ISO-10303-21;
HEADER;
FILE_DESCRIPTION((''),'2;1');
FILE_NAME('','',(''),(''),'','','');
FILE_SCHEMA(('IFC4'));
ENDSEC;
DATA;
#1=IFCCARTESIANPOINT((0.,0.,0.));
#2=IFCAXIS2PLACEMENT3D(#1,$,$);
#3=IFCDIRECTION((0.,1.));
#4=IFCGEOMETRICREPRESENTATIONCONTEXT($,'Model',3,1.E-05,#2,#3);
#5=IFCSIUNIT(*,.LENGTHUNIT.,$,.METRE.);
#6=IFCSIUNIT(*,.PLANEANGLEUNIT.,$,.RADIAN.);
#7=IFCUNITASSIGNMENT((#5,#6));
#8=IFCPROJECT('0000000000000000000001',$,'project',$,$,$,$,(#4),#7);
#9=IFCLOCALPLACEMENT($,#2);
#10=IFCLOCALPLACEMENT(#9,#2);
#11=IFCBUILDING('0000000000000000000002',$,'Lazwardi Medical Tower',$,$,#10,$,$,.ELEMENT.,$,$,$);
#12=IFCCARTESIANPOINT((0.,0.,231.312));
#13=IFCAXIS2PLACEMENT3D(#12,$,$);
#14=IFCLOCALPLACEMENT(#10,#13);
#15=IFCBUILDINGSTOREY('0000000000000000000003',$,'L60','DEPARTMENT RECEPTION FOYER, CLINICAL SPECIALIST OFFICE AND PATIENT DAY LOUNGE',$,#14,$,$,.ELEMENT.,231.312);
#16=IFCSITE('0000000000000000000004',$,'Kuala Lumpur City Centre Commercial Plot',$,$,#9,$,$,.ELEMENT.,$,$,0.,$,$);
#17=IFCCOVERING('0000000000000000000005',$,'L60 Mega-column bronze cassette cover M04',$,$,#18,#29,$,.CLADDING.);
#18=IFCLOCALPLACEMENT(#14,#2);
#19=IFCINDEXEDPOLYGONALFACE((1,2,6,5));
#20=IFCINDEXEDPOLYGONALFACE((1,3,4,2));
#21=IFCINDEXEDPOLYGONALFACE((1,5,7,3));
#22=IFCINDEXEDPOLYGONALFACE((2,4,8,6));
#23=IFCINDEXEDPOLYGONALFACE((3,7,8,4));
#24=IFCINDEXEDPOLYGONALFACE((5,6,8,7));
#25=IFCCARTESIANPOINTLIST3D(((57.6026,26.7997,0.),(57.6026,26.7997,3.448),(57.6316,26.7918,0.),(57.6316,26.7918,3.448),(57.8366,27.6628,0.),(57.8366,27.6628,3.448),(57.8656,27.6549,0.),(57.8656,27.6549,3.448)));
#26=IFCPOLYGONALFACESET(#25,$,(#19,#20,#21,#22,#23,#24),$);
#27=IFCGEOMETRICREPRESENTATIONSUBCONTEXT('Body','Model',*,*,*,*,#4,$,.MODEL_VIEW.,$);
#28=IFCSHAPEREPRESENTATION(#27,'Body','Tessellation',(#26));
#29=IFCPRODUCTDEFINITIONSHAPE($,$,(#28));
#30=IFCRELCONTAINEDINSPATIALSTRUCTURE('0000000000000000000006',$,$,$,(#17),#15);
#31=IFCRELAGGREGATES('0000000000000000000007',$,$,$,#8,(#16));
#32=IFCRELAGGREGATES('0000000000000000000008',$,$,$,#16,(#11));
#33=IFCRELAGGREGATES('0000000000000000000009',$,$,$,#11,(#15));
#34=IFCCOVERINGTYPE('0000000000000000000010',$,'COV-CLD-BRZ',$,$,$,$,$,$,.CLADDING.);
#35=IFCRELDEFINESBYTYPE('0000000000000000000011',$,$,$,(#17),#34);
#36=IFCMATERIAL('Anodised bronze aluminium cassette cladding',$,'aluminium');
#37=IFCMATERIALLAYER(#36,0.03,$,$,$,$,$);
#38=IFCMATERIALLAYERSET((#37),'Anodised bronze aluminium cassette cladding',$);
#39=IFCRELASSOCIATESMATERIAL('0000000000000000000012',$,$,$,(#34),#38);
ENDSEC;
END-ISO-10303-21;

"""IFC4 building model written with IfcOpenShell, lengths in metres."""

from ifc_helpers import new_model, si_unit, direction, frame, origin, origin_2d, place, context, subcontext, project, spatial, rectangle, extrude, material, layer, layer_set, type_object, element, save


model = new_model("IFC4")

# Units and contexts
model_context = context("Model", 3, precision=1e-05, world=origin(), true_north=direction((0.0, 1.0)))
body_context = subcontext(model_context, "Body", "Model", "MODEL_VIEW")
ifc_project = project(units=[si_unit("LENGTHUNIT", "METRE"), si_unit("PLANEANGLEUNIT", "RADIAN")], contexts=[model_context])

# Site, building, storey
site_placement = place(None, origin())
site = spatial("IfcSite", under=ifc_project, at=site_placement, Name="Kuala Lumpur City Centre Commercial Plot", CompositionType="ELEMENT", RefElevation=0.0)
building_placement = place(site_placement, origin())
building = spatial("IfcBuilding", under=site, at=building_placement, Name="Lazwardi Medical Tower", CompositionType="ELEMENT")
storey_placement = place(building_placement, frame((0.0, 0.0, 231.312)))
storey = spatial("IfcBuildingStorey", under=building, at=storey_placement, Name="L60", Description="DEPARTMENT RECEPTION FOYER, CLINICAL SPECIALIST OFFICE AND PATIENT DAY LOUNGE", CompositionType="ELEMENT", Elevation=231.312)

# Covering
ifc_material_1 = material(Name="Anodised bronze aluminium cassette cladding", Category="aluminium")
ifc_layer_1 = layer(ifc_material_1, 0.03)
ifc_layer_set_1 = layer_set([ifc_layer_1], Name="Anodised bronze aluminium cassette cladding")
covering_type = type_object("IfcCoveringType", Name="COV-CLD-BRZ", PredefinedType="CLADDING", material=ifc_layer_set_1)
covering_1_placement = place(storey_placement, frame((57.7341, 27.2273, 0.0), z_axis=(0.0, 0.0, 1.0), x_axis=(0.261642, 0.965165, 0.0)))
element("IfcCovering", 1, at=covering_1_placement, inside=storey, type_object=covering_type, Name="L60 Mega-column bronze cassette cover M04", PredefinedType="CLADDING", context=body_context, shape_type="SweptSolid", body=[
    extrude(rectangle(XDim=0.8943, YDim=0.03, at=origin_2d()), origin(), (0.0, 0.0, 1.0), 3.448),
])

save(model, "model.ifc")
